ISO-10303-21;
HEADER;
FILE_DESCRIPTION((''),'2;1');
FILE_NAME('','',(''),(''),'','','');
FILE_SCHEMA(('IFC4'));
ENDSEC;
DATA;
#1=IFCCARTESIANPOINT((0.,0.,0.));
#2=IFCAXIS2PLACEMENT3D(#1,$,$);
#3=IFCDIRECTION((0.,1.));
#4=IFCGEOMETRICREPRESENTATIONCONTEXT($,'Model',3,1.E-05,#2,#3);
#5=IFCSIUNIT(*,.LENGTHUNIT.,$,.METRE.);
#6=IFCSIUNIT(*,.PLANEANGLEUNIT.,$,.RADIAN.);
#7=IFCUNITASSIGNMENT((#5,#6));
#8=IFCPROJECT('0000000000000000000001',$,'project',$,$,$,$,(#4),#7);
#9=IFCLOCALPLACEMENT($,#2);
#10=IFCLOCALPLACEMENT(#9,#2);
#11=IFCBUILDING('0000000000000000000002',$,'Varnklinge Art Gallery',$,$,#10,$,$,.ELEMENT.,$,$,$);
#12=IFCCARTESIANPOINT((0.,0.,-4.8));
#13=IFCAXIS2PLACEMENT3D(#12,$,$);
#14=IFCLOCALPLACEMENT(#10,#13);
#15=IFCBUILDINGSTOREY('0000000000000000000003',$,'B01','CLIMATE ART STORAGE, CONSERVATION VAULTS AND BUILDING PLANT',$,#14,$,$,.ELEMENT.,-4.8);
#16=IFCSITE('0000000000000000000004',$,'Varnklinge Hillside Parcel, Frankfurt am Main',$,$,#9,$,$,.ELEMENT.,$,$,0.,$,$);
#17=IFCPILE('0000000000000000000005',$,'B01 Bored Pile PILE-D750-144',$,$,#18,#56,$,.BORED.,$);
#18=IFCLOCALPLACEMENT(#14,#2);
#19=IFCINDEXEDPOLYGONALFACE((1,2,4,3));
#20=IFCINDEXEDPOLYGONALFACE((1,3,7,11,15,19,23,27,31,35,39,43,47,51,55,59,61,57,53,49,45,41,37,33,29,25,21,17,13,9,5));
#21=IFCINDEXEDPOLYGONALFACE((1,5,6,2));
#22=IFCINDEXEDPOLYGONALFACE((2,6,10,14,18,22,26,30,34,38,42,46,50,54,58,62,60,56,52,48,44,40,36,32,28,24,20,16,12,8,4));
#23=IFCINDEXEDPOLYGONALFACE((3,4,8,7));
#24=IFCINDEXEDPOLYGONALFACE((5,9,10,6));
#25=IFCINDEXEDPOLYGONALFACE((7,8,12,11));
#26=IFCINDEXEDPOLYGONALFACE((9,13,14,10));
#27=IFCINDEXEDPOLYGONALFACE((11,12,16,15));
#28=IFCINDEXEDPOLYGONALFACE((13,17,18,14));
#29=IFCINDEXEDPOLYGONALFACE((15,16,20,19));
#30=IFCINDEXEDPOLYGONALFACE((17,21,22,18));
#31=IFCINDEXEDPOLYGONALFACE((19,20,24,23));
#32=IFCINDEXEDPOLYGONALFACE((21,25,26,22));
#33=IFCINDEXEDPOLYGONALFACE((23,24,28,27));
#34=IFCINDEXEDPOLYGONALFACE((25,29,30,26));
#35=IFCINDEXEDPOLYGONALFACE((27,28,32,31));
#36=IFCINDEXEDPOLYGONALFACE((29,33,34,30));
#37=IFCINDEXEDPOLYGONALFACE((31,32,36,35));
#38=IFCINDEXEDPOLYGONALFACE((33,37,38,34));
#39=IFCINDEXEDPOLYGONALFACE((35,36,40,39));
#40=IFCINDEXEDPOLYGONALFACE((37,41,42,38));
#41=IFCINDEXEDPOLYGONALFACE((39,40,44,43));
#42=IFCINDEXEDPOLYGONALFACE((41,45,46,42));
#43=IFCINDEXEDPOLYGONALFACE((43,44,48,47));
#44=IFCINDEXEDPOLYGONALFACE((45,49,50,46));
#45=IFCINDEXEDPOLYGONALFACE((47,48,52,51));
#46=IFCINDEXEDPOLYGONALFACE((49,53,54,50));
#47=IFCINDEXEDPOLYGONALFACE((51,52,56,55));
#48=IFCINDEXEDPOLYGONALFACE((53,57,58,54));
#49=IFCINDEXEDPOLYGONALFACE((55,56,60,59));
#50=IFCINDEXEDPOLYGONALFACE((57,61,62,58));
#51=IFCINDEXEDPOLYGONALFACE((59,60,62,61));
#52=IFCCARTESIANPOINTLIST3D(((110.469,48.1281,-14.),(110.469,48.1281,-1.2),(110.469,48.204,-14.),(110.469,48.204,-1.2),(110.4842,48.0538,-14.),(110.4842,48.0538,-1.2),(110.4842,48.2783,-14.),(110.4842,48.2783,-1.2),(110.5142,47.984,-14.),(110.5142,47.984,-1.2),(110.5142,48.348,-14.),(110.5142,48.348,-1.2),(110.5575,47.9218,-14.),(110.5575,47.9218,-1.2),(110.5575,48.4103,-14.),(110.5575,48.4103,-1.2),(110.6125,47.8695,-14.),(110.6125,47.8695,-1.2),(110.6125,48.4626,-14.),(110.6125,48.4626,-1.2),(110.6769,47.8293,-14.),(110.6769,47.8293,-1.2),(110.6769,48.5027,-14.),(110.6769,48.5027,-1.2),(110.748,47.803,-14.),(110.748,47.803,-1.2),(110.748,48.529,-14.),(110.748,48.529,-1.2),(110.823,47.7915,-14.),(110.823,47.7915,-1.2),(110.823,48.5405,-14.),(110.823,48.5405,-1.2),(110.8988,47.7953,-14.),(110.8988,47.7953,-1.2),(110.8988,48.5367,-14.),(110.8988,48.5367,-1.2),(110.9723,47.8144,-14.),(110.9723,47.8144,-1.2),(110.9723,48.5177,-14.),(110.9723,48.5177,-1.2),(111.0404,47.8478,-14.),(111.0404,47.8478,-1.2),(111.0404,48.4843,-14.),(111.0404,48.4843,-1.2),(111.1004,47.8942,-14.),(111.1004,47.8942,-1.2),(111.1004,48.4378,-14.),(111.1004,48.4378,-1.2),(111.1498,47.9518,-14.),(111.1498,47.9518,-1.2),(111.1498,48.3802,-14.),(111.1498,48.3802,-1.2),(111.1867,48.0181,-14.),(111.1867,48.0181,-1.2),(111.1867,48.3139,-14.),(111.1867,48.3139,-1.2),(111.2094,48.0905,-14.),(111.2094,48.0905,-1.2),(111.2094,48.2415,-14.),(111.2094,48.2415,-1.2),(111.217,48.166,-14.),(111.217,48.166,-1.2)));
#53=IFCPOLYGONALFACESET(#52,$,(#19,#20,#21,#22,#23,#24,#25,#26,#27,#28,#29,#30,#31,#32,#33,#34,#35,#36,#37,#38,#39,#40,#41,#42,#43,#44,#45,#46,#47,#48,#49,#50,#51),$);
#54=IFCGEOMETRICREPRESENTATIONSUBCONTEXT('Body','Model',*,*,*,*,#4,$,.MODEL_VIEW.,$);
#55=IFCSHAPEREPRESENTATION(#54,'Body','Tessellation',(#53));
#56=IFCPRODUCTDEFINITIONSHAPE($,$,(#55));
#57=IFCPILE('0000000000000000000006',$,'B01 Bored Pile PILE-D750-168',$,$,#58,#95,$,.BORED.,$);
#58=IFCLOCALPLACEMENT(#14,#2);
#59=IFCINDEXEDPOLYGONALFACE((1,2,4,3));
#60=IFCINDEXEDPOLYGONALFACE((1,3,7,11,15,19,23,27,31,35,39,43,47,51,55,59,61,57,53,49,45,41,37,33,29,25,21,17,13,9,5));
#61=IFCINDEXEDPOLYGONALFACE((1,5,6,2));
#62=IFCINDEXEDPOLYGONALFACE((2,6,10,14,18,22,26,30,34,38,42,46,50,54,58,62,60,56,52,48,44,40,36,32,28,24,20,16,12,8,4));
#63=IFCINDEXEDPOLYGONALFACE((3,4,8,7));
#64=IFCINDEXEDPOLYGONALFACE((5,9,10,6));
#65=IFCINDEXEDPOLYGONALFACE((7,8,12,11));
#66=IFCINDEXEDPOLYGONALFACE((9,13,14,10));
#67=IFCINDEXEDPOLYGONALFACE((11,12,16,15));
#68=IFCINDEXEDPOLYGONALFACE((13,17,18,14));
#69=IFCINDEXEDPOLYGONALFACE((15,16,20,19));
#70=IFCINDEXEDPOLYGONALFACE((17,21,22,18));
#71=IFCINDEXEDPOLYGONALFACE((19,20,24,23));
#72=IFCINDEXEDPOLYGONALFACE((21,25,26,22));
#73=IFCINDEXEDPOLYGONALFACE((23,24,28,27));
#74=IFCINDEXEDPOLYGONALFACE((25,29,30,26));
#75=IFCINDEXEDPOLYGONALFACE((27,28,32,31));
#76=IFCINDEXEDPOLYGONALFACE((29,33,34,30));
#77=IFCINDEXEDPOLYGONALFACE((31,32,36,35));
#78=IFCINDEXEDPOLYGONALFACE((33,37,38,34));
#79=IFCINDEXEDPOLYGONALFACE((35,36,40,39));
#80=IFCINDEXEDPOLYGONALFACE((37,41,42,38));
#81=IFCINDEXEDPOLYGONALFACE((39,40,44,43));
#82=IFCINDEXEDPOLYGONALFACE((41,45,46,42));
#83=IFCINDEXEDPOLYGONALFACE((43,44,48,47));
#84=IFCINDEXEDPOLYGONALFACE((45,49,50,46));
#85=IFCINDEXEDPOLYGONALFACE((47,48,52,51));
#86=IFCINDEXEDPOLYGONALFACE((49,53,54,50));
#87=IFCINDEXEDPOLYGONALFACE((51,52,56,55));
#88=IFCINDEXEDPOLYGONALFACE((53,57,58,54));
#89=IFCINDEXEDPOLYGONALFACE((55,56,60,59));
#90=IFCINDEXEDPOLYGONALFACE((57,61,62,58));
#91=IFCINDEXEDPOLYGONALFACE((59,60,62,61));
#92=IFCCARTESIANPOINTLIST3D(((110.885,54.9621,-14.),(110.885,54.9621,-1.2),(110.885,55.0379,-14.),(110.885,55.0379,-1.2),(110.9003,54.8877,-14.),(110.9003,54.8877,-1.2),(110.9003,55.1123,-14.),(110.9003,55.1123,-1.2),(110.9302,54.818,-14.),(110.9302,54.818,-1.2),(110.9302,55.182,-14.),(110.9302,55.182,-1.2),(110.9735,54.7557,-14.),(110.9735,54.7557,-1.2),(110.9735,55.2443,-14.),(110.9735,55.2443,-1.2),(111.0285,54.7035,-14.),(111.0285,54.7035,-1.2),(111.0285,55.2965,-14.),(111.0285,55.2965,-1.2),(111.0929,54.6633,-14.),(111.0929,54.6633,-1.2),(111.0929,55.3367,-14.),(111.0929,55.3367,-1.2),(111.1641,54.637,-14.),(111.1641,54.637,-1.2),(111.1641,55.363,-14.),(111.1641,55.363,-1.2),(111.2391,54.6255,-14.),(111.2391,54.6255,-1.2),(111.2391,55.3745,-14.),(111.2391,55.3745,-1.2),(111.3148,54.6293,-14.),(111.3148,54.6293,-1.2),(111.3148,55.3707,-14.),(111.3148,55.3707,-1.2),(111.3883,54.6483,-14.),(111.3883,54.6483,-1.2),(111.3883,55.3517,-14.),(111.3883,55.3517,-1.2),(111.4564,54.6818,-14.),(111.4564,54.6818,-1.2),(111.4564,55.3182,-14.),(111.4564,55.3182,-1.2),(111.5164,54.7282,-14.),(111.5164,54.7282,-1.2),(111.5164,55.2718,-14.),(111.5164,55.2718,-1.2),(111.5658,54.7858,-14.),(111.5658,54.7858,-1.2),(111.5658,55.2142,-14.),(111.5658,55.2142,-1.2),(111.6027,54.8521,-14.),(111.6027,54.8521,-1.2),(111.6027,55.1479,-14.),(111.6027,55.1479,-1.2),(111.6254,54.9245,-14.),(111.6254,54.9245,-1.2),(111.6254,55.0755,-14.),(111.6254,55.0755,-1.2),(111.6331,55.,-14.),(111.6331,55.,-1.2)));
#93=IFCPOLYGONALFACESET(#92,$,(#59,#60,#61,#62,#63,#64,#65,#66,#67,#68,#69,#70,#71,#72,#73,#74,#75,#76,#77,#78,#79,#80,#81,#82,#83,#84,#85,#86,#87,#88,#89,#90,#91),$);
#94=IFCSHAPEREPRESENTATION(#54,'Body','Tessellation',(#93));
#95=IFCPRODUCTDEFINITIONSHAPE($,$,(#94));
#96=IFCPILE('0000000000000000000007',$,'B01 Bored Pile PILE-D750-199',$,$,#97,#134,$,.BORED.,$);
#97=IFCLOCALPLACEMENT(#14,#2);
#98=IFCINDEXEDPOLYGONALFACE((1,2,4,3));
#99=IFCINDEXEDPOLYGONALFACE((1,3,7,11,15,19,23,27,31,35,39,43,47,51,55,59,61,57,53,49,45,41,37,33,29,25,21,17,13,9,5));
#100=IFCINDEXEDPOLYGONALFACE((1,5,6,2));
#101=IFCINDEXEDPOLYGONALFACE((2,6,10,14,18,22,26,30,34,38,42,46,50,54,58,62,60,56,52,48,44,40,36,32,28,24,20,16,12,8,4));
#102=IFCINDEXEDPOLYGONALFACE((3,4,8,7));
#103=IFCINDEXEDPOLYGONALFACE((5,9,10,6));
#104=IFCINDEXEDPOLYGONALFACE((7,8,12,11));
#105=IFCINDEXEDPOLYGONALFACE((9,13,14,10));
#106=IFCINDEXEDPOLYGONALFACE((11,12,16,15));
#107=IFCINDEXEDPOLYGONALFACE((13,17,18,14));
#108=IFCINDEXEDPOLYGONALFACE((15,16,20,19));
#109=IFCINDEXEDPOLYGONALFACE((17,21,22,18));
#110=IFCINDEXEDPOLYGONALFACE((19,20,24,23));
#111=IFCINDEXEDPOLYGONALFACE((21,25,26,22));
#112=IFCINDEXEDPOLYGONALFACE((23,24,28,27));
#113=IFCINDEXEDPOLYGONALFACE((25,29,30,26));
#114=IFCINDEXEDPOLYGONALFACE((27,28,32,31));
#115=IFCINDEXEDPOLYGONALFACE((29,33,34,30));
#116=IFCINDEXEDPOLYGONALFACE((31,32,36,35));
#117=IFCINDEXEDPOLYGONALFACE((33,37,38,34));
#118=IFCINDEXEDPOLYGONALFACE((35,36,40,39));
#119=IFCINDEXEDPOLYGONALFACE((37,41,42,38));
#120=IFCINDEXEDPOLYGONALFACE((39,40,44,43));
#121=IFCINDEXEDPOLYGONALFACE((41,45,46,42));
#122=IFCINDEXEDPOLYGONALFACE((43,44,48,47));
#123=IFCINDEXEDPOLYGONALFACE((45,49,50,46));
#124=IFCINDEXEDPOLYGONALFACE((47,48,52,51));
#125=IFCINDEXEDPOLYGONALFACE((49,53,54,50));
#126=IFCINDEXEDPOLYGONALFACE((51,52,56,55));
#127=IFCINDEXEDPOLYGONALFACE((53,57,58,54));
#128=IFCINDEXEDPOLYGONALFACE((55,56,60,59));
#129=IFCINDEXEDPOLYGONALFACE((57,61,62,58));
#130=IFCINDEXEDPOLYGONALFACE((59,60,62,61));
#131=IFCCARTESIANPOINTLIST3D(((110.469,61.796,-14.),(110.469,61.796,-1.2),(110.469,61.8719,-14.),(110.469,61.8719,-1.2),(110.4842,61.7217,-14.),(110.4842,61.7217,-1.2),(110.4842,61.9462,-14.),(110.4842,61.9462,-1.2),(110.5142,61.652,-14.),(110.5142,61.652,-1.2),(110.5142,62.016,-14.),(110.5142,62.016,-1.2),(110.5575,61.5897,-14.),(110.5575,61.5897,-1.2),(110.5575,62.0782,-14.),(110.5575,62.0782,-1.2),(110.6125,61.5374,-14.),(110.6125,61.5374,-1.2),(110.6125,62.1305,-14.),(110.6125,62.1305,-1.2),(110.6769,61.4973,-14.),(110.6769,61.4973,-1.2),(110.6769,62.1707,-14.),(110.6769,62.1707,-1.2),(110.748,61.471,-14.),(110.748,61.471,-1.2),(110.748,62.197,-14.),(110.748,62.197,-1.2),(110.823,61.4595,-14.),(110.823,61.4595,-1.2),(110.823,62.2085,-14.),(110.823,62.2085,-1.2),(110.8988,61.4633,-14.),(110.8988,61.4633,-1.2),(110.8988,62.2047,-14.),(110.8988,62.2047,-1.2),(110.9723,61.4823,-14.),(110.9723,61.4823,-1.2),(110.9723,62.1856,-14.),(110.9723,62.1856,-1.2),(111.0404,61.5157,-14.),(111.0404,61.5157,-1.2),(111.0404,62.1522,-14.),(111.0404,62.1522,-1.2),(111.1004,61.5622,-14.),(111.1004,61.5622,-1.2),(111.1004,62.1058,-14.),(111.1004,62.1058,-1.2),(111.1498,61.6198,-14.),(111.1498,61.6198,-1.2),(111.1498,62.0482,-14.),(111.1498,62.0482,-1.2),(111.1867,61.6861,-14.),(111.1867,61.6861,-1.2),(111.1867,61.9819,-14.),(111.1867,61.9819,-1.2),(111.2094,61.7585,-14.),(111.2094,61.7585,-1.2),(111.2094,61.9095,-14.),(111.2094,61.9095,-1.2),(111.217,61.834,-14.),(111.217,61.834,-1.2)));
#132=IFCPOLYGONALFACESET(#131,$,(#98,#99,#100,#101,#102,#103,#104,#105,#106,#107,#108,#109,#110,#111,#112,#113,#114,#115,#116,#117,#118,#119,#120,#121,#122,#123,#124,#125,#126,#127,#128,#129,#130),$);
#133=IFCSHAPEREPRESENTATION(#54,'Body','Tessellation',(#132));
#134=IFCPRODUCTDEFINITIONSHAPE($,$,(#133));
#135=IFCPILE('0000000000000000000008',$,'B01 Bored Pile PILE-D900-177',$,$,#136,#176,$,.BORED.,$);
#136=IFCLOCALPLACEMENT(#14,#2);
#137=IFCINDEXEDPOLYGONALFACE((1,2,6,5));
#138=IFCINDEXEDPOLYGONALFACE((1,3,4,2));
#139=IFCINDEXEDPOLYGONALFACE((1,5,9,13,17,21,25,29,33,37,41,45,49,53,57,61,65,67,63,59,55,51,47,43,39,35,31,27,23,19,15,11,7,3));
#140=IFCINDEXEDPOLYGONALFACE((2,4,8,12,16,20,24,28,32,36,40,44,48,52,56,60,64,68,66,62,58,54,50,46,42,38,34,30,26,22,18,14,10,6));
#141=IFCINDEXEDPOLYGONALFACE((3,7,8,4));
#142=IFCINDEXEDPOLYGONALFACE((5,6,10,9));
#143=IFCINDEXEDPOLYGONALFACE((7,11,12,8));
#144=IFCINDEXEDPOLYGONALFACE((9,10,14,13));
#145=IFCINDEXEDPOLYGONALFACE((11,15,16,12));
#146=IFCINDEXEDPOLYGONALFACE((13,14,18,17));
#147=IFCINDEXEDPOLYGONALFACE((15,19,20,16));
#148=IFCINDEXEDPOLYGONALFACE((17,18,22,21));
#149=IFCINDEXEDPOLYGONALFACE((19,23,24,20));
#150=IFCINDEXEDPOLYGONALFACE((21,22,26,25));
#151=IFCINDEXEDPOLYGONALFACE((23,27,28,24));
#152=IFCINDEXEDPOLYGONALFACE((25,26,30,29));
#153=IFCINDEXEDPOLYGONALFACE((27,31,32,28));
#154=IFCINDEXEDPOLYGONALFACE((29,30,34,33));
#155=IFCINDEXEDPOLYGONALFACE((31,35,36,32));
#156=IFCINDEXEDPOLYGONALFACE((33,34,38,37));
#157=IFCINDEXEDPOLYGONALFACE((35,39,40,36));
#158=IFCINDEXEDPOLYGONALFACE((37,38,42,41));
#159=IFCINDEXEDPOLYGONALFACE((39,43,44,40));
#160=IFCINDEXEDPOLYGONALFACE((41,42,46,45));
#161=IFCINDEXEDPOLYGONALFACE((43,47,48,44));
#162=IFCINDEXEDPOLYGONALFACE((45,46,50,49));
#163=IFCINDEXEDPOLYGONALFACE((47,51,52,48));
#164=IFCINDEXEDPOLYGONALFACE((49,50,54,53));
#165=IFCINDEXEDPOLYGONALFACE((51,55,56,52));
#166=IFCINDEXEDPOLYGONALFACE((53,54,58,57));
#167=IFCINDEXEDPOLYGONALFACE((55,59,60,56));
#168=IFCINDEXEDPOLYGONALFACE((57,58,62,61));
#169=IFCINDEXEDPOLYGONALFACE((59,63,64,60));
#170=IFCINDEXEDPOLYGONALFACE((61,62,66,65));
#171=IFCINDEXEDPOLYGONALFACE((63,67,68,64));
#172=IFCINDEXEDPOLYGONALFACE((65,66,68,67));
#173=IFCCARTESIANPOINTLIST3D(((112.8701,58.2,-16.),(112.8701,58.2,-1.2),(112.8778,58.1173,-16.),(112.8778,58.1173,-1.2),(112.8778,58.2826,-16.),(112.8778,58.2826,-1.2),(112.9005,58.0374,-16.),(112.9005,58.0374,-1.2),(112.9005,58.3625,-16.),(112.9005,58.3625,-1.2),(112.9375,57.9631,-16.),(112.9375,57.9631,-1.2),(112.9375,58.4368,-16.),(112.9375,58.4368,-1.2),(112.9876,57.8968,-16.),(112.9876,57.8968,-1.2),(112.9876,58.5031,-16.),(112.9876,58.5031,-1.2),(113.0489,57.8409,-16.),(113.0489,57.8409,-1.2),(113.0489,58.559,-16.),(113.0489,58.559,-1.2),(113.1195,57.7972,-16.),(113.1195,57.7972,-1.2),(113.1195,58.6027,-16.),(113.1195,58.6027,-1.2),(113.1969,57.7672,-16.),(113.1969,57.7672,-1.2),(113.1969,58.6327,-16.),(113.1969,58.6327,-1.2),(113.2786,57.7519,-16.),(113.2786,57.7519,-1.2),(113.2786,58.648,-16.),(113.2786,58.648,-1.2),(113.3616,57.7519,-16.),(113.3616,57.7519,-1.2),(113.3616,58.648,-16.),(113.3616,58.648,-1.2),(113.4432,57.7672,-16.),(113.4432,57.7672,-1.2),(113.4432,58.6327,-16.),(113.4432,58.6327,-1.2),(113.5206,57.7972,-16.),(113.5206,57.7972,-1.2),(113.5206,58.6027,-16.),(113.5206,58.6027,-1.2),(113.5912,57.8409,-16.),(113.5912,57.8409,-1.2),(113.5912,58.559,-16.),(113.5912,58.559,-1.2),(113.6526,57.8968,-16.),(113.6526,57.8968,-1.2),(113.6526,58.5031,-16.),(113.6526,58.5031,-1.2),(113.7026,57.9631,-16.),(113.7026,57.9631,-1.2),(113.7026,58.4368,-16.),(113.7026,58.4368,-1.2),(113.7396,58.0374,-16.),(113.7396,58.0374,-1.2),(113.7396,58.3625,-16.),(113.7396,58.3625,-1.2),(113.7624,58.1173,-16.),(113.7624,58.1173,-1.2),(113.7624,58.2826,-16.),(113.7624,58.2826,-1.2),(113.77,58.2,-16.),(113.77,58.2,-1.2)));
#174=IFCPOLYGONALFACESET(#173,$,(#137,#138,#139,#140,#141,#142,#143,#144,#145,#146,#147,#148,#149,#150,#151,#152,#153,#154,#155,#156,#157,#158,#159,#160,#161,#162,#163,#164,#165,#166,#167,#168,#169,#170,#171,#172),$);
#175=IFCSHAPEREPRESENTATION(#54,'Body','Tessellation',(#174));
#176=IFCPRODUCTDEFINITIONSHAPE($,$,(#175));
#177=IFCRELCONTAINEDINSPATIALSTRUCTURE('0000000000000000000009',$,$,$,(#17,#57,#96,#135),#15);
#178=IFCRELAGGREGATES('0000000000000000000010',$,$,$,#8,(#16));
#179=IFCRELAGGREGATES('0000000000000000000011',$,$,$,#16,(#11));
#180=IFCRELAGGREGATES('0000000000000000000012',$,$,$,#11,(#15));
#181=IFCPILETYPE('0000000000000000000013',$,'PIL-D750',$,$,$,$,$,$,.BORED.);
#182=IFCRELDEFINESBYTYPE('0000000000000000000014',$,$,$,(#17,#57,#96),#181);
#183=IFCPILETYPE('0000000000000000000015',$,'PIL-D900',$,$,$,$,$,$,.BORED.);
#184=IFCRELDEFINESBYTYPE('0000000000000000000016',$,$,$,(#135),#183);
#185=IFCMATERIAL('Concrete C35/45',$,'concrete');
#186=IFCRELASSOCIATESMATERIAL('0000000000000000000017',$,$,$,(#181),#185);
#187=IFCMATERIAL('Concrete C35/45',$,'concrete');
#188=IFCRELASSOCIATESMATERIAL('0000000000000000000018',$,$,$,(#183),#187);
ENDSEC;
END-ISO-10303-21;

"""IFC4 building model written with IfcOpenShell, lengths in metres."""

from ifc_helpers import new_model, si_unit, direction, frame, origin, origin_2d, place, context, subcontext, project, spatial, circle, extrude, material, material_profile, profile_set, type_object, element, save


model = new_model("IFC4")

# Units and contexts
model_context = context("Model", 3, precision=1e-05, world=origin(), true_north=direction((0.0, 1.0)))
body_context = subcontext(model_context, "Body", "Model", "MODEL_VIEW")
ifc_project = project(units=[si_unit("LENGTHUNIT", "METRE"), si_unit("PLANEANGLEUNIT", "RADIAN")], contexts=[model_context])

# Site, building, storey
site_placement = place(None, origin())
site = spatial("IfcSite", under=ifc_project, at=site_placement, Name="Varnklinge Hillside Parcel, Frankfurt am Main", CompositionType="ELEMENT", RefElevation=0.0)
building_placement = place(site_placement, origin())
building = spatial("IfcBuilding", under=site, at=building_placement, Name="Varnklinge Art Gallery", CompositionType="ELEMENT")
storey_placement = place(building_placement, frame((0.0, 0.0, -4.8)))
storey = spatial("IfcBuildingStorey", under=building, at=storey_placement, Name="B01", Description="CLIMATE ART STORAGE, CONSERVATION VAULTS AND BUILDING PLANT", CompositionType="ELEMENT", Elevation=-4.8)

# Piles
ifc_material_1 = material(Name="Concrete C35/45", Category="concrete")
ifc_material_profile_1 = material_profile(ifc_material_1, circle(Radius=0.375, at=origin_2d()), Name="PILE D750")
ifc_profile_set_1 = profile_set([ifc_material_profile_1], Name="Concrete C35/45")
pile_type_1 = type_object("IfcPileType", Name="PIL-D750", PredefinedType="BORED", material=ifc_profile_set_1)
for number, where, z_axis, x_axis, name in (
    (1, (110.842, 48.166, -1.2), (0.0, 0.0, -1.0), (1.0, 0.0, 0.0), "B01 Bored Pile PILE-D750-144"),
    (2, (111.2581, 55.0, -1.2), (0.0, 0.0, -1.0), (1.0, 0.0, 0.0), "B01 Bored Pile PILE-D750-168"),
    (3, (110.842, 61.834, -1.2), (0.0, 0.0, -1.0), (1.0, 0.0, 0.0), "B01 Bored Pile PILE-D750-199"),
):
    element("IfcPile", number, at=place(storey_placement, frame(where, z_axis=z_axis, x_axis=x_axis)), inside=storey, type_object=pile_type_1, Name=name, PredefinedType="BORED", context=body_context, shape_type="SweptSolid", body=[
        extrude(circle(Radius=0.375, at=origin_2d()), origin(), (0.0, 0.0, 1.0), 12.8),
    ])
ifc_material_2 = material(Name="Concrete C35/45", Category="concrete")
ifc_material_profile_2 = material_profile(ifc_material_2, circle(Radius=0.45, at=origin_2d()), Name="PILE D900")
ifc_profile_set_2 = profile_set([ifc_material_profile_2], Name="Concrete C35/45")
pile_type_2 = type_object("IfcPileType", Name="PIL-D900", PredefinedType="BORED", material=ifc_profile_set_2)
pile_placement = place(storey_placement, frame((113.3201, 58.2, -1.2), z_axis=(0.0, 0.0, -1.0), x_axis=(1.0, 0.0, 0.0)))
element("IfcPile", 4, at=pile_placement, inside=storey, type_object=pile_type_2, Name="B01 Bored Pile PILE-D900-177", PredefinedType="BORED", context=body_context, shape_type="SweptSolid", body=[
    extrude(circle(Radius=0.45, at=origin_2d()), origin(), (0.0, 0.0, 1.0), 14.8),
])

save(model, "model.ifc")
